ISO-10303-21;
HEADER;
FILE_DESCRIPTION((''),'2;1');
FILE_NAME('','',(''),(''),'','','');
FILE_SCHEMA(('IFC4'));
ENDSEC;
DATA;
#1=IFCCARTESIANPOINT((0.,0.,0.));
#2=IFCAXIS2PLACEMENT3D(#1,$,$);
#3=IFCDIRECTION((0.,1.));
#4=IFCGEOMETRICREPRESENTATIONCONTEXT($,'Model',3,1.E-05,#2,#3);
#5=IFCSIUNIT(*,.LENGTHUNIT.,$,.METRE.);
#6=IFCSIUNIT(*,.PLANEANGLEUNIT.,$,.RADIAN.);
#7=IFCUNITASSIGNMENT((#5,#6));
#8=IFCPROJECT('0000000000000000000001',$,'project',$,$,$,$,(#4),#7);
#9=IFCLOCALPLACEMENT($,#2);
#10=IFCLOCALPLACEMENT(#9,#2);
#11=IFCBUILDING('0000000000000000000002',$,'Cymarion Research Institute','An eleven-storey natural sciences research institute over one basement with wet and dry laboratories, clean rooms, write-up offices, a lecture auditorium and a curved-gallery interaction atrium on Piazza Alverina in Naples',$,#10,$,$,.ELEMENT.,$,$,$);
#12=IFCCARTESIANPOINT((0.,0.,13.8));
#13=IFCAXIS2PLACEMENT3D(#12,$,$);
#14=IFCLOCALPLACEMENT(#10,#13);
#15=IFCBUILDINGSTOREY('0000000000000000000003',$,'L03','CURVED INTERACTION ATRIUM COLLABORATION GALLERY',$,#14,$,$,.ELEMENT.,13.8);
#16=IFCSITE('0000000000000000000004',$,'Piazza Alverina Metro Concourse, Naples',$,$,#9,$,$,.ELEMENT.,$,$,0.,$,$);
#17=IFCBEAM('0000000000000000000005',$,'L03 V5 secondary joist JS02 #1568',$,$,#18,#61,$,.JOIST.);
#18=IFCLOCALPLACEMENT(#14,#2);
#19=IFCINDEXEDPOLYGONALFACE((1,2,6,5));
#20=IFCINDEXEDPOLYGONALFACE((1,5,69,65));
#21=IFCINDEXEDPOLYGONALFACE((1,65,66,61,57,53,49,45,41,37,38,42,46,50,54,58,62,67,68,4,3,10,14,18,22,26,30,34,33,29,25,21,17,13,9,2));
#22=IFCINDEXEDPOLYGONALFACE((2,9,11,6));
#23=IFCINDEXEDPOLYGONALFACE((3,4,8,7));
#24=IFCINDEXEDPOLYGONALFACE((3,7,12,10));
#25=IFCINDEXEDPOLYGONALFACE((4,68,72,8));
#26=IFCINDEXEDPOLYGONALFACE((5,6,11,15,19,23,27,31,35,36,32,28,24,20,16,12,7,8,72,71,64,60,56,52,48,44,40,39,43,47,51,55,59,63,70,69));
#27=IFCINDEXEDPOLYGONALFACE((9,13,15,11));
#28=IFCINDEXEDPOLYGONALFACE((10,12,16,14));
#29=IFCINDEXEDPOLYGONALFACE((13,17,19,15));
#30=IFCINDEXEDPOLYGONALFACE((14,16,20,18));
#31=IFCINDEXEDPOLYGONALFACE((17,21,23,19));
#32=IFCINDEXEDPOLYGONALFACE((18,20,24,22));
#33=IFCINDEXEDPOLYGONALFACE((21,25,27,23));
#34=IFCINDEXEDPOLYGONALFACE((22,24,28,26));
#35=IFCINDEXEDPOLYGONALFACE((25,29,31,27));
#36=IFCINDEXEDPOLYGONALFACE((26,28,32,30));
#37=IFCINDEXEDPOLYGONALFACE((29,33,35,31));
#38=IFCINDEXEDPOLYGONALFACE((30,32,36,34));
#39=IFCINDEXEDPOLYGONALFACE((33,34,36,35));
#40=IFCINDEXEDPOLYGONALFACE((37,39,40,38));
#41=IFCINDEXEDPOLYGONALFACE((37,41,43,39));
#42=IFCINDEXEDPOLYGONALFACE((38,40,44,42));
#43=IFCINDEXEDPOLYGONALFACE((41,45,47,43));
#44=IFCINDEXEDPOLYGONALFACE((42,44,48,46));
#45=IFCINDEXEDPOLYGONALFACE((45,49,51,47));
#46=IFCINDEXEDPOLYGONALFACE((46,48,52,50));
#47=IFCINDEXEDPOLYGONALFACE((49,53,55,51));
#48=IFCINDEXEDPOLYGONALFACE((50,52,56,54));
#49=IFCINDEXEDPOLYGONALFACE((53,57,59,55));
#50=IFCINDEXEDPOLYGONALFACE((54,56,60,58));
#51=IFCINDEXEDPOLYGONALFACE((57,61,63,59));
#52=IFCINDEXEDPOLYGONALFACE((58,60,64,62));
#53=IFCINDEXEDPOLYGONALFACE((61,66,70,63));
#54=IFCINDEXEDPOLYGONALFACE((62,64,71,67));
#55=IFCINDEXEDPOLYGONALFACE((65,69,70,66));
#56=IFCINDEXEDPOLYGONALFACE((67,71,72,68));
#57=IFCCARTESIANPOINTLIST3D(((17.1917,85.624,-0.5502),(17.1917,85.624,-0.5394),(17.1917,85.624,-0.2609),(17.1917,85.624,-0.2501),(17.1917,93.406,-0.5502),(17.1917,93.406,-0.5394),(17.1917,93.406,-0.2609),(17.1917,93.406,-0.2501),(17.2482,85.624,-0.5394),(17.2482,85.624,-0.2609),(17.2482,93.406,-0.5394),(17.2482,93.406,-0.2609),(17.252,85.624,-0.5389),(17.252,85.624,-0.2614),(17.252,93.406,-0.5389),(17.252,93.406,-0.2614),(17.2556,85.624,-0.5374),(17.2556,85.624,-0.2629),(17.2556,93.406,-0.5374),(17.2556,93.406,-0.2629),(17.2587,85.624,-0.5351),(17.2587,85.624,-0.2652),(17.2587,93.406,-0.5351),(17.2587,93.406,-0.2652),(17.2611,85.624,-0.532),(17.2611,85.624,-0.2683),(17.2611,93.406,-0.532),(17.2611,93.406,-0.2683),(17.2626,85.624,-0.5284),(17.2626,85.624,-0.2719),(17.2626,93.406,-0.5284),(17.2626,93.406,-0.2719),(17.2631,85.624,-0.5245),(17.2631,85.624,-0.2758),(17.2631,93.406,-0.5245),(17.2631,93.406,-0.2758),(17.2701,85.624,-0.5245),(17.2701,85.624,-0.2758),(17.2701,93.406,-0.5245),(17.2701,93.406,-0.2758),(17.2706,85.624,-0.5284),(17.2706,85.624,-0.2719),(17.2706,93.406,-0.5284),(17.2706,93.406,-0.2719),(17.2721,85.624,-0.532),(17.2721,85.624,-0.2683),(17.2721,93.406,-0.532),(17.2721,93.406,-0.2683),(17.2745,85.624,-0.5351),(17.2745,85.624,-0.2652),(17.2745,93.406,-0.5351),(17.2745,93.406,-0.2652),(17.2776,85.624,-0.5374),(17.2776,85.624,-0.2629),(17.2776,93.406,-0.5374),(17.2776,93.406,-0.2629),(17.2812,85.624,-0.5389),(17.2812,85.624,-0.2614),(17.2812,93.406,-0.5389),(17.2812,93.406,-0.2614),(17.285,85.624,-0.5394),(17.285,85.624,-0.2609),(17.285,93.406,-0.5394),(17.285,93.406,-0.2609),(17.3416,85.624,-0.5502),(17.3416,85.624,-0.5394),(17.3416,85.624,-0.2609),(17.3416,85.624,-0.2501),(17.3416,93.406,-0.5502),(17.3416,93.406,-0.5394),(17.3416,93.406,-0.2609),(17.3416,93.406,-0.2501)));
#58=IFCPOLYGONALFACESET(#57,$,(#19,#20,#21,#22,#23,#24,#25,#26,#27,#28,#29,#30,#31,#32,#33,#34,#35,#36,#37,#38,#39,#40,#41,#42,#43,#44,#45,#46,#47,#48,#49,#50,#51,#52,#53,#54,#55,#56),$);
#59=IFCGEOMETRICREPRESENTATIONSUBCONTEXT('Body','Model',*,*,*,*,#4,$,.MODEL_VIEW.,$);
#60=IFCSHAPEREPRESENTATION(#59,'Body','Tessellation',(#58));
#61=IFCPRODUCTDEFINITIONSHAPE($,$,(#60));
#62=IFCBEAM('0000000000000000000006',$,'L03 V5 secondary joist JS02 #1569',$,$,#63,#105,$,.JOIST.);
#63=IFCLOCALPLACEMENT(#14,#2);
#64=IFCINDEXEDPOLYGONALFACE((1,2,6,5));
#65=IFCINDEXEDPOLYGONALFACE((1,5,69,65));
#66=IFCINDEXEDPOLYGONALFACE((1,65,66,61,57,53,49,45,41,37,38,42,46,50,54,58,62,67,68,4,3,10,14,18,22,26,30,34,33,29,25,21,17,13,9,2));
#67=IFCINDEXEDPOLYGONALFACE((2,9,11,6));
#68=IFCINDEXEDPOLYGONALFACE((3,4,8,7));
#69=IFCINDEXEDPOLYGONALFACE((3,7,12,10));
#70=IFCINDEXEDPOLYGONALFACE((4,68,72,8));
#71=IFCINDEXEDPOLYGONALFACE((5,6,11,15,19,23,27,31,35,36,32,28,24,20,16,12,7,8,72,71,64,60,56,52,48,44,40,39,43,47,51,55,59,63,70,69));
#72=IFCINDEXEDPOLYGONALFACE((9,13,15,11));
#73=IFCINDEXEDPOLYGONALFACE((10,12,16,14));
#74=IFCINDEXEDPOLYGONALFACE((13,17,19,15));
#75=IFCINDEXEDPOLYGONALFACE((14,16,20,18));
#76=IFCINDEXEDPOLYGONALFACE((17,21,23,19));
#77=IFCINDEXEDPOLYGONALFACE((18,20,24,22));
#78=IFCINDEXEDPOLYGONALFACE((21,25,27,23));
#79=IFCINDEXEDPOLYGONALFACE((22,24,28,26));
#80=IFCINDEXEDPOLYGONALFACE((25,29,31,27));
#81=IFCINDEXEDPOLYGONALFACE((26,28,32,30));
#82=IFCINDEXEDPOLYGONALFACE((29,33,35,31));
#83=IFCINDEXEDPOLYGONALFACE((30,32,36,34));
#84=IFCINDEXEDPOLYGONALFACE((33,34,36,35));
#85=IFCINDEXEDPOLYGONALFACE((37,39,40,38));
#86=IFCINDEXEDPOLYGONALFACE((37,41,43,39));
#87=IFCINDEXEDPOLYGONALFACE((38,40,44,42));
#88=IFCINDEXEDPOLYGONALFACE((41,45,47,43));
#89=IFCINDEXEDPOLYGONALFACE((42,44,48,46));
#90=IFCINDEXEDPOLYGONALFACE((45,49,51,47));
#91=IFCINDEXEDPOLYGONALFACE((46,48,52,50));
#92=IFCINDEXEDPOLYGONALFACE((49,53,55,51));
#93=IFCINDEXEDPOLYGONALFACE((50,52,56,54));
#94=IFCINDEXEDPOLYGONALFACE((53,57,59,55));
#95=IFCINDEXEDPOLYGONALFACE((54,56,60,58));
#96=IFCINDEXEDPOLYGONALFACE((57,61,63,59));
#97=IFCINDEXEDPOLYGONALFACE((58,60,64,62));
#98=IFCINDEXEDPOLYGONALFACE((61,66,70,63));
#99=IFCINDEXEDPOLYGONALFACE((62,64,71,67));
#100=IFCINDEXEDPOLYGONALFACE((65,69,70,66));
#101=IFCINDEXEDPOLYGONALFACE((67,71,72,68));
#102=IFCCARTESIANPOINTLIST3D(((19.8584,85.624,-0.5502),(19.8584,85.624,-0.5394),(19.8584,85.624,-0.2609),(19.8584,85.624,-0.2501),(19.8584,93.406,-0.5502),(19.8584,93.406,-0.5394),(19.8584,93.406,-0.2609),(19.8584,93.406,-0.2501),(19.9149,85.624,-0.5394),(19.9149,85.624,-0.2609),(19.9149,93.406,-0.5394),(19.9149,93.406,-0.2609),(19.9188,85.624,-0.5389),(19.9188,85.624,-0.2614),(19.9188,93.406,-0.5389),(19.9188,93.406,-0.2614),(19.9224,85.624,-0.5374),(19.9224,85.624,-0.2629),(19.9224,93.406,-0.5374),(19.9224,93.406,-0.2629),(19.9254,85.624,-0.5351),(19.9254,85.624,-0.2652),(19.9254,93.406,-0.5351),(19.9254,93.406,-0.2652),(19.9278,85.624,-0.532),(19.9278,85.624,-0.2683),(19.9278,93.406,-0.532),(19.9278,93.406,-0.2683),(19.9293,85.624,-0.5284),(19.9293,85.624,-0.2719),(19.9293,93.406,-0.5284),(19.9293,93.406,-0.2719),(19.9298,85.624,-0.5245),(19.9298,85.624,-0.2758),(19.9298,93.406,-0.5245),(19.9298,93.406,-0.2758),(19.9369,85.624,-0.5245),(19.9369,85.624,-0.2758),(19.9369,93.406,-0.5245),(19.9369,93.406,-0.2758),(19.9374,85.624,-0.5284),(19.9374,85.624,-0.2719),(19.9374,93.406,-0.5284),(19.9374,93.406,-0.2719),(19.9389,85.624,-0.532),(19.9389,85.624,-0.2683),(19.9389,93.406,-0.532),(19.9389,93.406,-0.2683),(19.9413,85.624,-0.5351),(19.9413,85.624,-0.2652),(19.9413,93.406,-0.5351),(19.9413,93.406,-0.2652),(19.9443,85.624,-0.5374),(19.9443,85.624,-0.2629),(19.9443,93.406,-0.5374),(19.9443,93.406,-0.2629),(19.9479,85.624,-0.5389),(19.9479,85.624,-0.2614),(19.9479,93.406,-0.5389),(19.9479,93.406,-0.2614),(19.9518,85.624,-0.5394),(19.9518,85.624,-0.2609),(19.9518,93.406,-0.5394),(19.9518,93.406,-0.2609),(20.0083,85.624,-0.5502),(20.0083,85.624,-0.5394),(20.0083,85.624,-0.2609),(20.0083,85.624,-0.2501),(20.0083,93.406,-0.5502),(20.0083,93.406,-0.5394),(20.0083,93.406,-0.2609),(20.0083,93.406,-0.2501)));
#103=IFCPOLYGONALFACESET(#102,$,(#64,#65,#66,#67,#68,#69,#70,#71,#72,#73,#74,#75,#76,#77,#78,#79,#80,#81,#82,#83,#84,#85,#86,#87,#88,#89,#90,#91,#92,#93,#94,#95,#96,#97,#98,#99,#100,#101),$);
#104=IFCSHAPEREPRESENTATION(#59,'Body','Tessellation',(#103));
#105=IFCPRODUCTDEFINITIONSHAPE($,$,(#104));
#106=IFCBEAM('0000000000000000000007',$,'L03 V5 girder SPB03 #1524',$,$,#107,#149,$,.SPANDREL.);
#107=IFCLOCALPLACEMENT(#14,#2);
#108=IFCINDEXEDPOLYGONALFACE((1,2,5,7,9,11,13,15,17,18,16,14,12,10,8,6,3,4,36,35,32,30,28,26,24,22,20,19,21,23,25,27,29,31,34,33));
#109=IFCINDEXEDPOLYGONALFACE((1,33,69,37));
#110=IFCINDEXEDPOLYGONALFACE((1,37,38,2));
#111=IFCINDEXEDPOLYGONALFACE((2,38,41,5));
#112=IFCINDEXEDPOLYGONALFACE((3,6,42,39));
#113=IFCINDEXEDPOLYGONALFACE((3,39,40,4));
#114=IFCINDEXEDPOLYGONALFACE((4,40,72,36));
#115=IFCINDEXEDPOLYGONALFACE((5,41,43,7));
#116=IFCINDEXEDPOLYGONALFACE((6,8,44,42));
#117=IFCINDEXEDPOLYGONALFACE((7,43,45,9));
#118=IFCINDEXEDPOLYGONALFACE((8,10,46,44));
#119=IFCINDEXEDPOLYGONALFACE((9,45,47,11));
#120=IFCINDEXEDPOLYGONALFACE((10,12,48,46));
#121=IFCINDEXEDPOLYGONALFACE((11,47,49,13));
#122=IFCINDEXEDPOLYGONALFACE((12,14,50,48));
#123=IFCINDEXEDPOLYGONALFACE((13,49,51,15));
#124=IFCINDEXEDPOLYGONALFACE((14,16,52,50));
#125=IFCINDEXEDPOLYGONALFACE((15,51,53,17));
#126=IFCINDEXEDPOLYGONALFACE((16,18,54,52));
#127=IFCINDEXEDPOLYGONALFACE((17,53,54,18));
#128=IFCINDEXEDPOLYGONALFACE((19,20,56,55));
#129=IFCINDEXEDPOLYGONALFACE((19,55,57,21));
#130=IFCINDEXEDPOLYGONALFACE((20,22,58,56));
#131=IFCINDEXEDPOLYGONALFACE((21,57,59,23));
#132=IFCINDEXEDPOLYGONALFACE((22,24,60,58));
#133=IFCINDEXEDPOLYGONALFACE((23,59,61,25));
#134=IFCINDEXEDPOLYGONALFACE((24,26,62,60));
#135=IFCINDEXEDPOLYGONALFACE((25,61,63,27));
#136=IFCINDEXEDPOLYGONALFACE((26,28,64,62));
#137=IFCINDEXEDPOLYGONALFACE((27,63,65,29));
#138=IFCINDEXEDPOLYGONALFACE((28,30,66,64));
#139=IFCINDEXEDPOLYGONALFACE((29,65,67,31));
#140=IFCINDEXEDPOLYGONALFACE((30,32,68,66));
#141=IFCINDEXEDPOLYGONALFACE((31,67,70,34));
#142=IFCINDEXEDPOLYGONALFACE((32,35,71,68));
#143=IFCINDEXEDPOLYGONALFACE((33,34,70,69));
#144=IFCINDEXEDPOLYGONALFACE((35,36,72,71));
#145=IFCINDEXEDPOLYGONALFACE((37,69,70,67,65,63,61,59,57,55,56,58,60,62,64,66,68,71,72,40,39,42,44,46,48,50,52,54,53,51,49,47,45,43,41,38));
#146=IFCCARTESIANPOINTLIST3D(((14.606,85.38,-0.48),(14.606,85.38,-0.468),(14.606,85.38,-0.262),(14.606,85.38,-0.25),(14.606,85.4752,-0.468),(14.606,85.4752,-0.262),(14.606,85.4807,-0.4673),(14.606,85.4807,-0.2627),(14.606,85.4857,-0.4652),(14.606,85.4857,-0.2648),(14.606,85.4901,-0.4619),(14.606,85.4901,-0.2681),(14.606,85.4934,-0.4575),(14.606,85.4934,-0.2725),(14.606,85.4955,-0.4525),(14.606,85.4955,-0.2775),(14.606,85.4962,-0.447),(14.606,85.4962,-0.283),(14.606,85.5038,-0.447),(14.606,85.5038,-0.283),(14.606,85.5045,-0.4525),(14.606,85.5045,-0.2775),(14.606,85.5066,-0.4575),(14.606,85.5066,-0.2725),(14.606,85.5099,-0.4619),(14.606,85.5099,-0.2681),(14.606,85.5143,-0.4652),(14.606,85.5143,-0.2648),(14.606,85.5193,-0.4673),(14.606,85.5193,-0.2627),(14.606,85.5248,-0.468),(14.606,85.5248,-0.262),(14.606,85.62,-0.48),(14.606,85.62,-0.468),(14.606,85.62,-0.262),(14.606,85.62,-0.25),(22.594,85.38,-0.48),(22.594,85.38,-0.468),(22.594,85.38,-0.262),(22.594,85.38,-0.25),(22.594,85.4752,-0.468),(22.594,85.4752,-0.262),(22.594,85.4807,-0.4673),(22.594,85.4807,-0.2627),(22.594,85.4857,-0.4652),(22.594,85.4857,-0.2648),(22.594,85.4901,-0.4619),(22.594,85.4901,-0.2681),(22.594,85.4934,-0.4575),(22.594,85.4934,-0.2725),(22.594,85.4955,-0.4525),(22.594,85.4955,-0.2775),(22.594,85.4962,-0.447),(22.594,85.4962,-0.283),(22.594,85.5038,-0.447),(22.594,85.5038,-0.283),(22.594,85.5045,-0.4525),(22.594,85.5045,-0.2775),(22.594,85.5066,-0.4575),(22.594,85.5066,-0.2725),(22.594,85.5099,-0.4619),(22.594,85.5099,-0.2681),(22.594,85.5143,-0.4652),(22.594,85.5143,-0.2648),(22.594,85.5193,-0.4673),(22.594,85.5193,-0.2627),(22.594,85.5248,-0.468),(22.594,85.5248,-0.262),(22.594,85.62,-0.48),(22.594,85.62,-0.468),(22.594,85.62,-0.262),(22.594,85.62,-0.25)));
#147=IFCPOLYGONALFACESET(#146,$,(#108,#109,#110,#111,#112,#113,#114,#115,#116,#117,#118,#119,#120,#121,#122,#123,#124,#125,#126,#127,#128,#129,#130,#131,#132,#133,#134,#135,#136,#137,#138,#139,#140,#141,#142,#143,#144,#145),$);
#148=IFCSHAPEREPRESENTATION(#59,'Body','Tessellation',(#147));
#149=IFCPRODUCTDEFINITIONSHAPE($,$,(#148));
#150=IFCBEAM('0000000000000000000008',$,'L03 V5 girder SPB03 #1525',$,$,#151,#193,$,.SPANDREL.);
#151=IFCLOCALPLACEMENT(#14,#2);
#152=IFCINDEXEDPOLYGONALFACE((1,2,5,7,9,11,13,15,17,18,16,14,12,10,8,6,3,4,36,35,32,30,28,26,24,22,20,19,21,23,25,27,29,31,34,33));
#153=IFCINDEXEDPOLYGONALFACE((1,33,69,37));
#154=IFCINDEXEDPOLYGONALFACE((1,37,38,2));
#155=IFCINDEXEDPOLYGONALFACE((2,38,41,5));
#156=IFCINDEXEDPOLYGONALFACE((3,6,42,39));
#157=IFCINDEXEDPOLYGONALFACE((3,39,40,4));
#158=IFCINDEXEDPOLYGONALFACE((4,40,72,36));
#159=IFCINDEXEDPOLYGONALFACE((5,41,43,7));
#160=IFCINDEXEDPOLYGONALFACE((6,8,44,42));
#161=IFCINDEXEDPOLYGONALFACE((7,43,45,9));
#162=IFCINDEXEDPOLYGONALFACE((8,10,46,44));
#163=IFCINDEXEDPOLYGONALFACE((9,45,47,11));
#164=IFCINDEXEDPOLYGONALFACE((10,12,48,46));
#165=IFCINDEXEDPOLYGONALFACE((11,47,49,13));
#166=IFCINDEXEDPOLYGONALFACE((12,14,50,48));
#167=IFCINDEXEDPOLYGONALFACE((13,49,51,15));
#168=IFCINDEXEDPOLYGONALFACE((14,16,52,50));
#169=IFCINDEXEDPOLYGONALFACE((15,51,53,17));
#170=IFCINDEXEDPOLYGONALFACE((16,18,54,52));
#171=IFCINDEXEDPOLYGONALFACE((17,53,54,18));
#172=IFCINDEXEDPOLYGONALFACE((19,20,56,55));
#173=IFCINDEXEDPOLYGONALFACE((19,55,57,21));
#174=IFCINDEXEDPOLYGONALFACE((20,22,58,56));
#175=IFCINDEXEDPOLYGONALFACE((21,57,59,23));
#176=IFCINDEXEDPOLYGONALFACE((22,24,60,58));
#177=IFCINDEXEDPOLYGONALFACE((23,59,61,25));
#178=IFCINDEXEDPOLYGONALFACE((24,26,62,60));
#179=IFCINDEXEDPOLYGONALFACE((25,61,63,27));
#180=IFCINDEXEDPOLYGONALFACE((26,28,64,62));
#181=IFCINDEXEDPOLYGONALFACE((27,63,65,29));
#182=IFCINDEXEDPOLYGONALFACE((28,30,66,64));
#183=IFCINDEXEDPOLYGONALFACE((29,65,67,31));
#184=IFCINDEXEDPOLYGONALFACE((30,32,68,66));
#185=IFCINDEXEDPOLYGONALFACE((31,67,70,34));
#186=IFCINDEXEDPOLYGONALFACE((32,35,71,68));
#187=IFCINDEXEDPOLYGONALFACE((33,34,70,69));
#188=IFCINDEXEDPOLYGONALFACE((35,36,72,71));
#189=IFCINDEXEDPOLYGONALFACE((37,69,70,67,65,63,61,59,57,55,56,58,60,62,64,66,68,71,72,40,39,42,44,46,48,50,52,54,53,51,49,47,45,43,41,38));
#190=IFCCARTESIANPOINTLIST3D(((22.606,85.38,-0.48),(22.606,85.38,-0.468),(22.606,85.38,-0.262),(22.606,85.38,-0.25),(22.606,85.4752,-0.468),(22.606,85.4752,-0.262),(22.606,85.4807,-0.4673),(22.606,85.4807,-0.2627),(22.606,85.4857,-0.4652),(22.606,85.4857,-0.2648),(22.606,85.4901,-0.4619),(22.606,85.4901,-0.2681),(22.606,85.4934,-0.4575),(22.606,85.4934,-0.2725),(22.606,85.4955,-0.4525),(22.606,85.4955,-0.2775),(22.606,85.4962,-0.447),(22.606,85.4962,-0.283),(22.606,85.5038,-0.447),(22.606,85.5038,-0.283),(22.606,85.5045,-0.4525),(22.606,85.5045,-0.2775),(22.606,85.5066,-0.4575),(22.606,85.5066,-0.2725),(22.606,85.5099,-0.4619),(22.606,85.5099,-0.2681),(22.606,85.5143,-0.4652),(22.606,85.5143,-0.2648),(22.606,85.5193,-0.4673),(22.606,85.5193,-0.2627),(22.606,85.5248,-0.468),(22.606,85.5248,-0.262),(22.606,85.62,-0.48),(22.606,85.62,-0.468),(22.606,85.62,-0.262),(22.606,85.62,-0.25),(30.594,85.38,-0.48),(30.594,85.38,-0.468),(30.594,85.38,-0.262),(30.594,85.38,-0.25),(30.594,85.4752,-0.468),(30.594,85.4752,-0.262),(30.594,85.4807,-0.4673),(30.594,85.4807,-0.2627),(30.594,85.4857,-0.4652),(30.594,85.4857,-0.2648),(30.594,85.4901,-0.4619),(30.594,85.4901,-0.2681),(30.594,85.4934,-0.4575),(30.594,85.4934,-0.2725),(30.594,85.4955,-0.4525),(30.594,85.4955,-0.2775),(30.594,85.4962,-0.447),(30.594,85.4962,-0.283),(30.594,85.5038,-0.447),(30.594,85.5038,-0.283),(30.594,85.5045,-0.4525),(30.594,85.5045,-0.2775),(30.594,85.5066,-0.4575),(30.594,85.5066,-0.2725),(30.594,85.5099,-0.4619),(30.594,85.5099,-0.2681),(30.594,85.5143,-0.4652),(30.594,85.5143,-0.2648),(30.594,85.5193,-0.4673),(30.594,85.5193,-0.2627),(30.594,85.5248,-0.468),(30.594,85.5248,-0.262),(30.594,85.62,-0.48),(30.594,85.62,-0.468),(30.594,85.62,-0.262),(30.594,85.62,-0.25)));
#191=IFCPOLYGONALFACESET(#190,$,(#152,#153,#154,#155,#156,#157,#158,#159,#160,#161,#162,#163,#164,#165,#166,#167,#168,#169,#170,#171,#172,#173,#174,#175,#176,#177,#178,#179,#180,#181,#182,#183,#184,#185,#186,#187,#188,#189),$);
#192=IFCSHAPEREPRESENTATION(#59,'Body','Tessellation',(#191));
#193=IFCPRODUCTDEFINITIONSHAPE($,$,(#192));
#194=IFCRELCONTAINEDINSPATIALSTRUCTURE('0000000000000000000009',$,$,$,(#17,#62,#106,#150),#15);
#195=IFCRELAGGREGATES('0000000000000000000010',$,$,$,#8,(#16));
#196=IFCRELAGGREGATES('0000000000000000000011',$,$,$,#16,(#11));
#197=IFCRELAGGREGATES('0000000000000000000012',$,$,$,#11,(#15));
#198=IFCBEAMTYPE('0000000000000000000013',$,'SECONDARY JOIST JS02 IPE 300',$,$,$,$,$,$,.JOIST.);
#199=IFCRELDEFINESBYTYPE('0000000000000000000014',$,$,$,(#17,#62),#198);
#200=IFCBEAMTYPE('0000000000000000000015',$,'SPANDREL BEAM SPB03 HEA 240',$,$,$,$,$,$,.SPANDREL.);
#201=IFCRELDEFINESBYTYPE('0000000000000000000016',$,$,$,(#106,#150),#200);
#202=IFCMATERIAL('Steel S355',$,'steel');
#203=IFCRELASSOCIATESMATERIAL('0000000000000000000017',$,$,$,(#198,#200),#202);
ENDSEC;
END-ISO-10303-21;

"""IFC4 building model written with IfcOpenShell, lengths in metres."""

from ifc_helpers import new_model, si_unit, direction, frame, origin, origin_2d, place, context, subcontext, project, spatial, i_section, extrude, material, material_profile, profile_set, type_object, element, save


model = new_model("IFC4")

# Units and contexts
model_context = context("Model", 3, precision=1e-05, world=origin(), true_north=direction((0.0, 1.0)))
body_context = subcontext(model_context, "Body", "Model", "MODEL_VIEW")
ifc_project = project(units=[si_unit("LENGTHUNIT", "METRE"), si_unit("PLANEANGLEUNIT", "RADIAN")], contexts=[model_context])

# Site, building, storey
site_placement = place(None, origin())
site = spatial("IfcSite", under=ifc_project, at=site_placement, Name="Piazza Alverina Metro Concourse, Naples", CompositionType="ELEMENT", RefElevation=0.0)
building_placement = place(site_placement, origin())
building = spatial("IfcBuilding", under=site, at=building_placement, Name="Cymarion Research Institute", Description="An eleven-storey natural sciences research institute over one basement with wet and dry laboratories, clean rooms, write-up offices, a lecture auditorium and a curved-gallery interaction atrium on Piazza Alverina in Naples", CompositionType="ELEMENT")
storey_placement = place(building_placement, frame((0.0, 0.0, 13.8)))
storey = spatial("IfcBuildingStorey", under=building, at=storey_placement, Name="L03", Description="CURVED INTERACTION ATRIUM COLLABORATION GALLERY", CompositionType="ELEMENT", Elevation=13.8)

# Shared definitions
ifc_material_1 = material(Name="Steel S355", Category="steel")

# Beams
ifc_material_profile_1 = material_profile(ifc_material_1, i_section(OverallWidth=0.1499, OverallDepth=0.3, WebThickness=0.0071, FlangeThickness=0.0107, FilletRadius=0.0149, at=origin_2d()), Name="IPE 300")
ifc_profile_set_1 = profile_set([ifc_material_profile_1], Name="Steel S355")
beam_type_1 = type_object("IfcBeamType", Name="SECONDARY JOIST JS02 IPE 300", PredefinedType="JOIST", material=ifc_profile_set_1)
for number, where, z_axis, x_axis, name in (
    (1, (17.2666, 85.624, -0.4001), (0.0, 1.0, 0.0), (-1.0, 0.0, 0.0), "L03 V5 secondary joist JS02 #1568"),
    (2, (19.9333, 85.624, -0.4001), (0.0, 1.0, 0.0), (-1.0, 0.0, 0.0), "L03 V5 secondary joist JS02 #1569"),
):
    element("IfcBeam", number, at=place(storey_placement, frame(where, z_axis=z_axis, x_axis=x_axis)), inside=storey, type_object=beam_type_1, Name=name, PredefinedType="JOIST", context=body_context, shape_type="SweptSolid", body=[
        extrude(i_section(OverallWidth=0.1499, OverallDepth=0.3, WebThickness=0.0071, FlangeThickness=0.0107, FilletRadius=0.0149, at=origin_2d()), origin(), (0.0, 0.0, 1.0), 7.782),
    ])
ifc_material_profile_2 = material_profile(ifc_material_1, i_section(OverallWidth=0.24, OverallDepth=0.23, WebThickness=0.0076, FlangeThickness=0.012, FilletRadius=0.021, at=origin_2d()), Name="HEA 240")
ifc_profile_set_2 = profile_set([ifc_material_profile_2], Name="Steel S355")
beam_type_2 = type_object("IfcBeamType", Name="SPANDREL BEAM SPB03 HEA 240", PredefinedType="SPANDREL", material=ifc_profile_set_2)
for number, where, z_axis, x_axis, name in (
    (3, (14.606, 85.5, -0.365), (1.0, 0.0, 0.0), (0.0, 1.0, 0.0), "L03 V5 girder SPB03 #1524"),
    (4, (22.606, 85.5, -0.365), (1.0, 0.0, 0.0), (0.0, 1.0, 0.0), "L03 V5 girder SPB03 #1525"),
):
    element("IfcBeam", number, at=place(storey_placement, frame(where, z_axis=z_axis, x_axis=x_axis)), inside=storey, type_object=beam_type_2, Name=name, PredefinedType="SPANDREL", context=body_context, shape_type="SweptSolid", body=[
        extrude(i_section(OverallWidth=0.24, OverallDepth=0.23, WebThickness=0.0076, FlangeThickness=0.012, FilletRadius=0.021, at=origin_2d()), origin(), (0.0, 0.0, 1.0), 7.988),
    ])

save(model, "model.ifc")
